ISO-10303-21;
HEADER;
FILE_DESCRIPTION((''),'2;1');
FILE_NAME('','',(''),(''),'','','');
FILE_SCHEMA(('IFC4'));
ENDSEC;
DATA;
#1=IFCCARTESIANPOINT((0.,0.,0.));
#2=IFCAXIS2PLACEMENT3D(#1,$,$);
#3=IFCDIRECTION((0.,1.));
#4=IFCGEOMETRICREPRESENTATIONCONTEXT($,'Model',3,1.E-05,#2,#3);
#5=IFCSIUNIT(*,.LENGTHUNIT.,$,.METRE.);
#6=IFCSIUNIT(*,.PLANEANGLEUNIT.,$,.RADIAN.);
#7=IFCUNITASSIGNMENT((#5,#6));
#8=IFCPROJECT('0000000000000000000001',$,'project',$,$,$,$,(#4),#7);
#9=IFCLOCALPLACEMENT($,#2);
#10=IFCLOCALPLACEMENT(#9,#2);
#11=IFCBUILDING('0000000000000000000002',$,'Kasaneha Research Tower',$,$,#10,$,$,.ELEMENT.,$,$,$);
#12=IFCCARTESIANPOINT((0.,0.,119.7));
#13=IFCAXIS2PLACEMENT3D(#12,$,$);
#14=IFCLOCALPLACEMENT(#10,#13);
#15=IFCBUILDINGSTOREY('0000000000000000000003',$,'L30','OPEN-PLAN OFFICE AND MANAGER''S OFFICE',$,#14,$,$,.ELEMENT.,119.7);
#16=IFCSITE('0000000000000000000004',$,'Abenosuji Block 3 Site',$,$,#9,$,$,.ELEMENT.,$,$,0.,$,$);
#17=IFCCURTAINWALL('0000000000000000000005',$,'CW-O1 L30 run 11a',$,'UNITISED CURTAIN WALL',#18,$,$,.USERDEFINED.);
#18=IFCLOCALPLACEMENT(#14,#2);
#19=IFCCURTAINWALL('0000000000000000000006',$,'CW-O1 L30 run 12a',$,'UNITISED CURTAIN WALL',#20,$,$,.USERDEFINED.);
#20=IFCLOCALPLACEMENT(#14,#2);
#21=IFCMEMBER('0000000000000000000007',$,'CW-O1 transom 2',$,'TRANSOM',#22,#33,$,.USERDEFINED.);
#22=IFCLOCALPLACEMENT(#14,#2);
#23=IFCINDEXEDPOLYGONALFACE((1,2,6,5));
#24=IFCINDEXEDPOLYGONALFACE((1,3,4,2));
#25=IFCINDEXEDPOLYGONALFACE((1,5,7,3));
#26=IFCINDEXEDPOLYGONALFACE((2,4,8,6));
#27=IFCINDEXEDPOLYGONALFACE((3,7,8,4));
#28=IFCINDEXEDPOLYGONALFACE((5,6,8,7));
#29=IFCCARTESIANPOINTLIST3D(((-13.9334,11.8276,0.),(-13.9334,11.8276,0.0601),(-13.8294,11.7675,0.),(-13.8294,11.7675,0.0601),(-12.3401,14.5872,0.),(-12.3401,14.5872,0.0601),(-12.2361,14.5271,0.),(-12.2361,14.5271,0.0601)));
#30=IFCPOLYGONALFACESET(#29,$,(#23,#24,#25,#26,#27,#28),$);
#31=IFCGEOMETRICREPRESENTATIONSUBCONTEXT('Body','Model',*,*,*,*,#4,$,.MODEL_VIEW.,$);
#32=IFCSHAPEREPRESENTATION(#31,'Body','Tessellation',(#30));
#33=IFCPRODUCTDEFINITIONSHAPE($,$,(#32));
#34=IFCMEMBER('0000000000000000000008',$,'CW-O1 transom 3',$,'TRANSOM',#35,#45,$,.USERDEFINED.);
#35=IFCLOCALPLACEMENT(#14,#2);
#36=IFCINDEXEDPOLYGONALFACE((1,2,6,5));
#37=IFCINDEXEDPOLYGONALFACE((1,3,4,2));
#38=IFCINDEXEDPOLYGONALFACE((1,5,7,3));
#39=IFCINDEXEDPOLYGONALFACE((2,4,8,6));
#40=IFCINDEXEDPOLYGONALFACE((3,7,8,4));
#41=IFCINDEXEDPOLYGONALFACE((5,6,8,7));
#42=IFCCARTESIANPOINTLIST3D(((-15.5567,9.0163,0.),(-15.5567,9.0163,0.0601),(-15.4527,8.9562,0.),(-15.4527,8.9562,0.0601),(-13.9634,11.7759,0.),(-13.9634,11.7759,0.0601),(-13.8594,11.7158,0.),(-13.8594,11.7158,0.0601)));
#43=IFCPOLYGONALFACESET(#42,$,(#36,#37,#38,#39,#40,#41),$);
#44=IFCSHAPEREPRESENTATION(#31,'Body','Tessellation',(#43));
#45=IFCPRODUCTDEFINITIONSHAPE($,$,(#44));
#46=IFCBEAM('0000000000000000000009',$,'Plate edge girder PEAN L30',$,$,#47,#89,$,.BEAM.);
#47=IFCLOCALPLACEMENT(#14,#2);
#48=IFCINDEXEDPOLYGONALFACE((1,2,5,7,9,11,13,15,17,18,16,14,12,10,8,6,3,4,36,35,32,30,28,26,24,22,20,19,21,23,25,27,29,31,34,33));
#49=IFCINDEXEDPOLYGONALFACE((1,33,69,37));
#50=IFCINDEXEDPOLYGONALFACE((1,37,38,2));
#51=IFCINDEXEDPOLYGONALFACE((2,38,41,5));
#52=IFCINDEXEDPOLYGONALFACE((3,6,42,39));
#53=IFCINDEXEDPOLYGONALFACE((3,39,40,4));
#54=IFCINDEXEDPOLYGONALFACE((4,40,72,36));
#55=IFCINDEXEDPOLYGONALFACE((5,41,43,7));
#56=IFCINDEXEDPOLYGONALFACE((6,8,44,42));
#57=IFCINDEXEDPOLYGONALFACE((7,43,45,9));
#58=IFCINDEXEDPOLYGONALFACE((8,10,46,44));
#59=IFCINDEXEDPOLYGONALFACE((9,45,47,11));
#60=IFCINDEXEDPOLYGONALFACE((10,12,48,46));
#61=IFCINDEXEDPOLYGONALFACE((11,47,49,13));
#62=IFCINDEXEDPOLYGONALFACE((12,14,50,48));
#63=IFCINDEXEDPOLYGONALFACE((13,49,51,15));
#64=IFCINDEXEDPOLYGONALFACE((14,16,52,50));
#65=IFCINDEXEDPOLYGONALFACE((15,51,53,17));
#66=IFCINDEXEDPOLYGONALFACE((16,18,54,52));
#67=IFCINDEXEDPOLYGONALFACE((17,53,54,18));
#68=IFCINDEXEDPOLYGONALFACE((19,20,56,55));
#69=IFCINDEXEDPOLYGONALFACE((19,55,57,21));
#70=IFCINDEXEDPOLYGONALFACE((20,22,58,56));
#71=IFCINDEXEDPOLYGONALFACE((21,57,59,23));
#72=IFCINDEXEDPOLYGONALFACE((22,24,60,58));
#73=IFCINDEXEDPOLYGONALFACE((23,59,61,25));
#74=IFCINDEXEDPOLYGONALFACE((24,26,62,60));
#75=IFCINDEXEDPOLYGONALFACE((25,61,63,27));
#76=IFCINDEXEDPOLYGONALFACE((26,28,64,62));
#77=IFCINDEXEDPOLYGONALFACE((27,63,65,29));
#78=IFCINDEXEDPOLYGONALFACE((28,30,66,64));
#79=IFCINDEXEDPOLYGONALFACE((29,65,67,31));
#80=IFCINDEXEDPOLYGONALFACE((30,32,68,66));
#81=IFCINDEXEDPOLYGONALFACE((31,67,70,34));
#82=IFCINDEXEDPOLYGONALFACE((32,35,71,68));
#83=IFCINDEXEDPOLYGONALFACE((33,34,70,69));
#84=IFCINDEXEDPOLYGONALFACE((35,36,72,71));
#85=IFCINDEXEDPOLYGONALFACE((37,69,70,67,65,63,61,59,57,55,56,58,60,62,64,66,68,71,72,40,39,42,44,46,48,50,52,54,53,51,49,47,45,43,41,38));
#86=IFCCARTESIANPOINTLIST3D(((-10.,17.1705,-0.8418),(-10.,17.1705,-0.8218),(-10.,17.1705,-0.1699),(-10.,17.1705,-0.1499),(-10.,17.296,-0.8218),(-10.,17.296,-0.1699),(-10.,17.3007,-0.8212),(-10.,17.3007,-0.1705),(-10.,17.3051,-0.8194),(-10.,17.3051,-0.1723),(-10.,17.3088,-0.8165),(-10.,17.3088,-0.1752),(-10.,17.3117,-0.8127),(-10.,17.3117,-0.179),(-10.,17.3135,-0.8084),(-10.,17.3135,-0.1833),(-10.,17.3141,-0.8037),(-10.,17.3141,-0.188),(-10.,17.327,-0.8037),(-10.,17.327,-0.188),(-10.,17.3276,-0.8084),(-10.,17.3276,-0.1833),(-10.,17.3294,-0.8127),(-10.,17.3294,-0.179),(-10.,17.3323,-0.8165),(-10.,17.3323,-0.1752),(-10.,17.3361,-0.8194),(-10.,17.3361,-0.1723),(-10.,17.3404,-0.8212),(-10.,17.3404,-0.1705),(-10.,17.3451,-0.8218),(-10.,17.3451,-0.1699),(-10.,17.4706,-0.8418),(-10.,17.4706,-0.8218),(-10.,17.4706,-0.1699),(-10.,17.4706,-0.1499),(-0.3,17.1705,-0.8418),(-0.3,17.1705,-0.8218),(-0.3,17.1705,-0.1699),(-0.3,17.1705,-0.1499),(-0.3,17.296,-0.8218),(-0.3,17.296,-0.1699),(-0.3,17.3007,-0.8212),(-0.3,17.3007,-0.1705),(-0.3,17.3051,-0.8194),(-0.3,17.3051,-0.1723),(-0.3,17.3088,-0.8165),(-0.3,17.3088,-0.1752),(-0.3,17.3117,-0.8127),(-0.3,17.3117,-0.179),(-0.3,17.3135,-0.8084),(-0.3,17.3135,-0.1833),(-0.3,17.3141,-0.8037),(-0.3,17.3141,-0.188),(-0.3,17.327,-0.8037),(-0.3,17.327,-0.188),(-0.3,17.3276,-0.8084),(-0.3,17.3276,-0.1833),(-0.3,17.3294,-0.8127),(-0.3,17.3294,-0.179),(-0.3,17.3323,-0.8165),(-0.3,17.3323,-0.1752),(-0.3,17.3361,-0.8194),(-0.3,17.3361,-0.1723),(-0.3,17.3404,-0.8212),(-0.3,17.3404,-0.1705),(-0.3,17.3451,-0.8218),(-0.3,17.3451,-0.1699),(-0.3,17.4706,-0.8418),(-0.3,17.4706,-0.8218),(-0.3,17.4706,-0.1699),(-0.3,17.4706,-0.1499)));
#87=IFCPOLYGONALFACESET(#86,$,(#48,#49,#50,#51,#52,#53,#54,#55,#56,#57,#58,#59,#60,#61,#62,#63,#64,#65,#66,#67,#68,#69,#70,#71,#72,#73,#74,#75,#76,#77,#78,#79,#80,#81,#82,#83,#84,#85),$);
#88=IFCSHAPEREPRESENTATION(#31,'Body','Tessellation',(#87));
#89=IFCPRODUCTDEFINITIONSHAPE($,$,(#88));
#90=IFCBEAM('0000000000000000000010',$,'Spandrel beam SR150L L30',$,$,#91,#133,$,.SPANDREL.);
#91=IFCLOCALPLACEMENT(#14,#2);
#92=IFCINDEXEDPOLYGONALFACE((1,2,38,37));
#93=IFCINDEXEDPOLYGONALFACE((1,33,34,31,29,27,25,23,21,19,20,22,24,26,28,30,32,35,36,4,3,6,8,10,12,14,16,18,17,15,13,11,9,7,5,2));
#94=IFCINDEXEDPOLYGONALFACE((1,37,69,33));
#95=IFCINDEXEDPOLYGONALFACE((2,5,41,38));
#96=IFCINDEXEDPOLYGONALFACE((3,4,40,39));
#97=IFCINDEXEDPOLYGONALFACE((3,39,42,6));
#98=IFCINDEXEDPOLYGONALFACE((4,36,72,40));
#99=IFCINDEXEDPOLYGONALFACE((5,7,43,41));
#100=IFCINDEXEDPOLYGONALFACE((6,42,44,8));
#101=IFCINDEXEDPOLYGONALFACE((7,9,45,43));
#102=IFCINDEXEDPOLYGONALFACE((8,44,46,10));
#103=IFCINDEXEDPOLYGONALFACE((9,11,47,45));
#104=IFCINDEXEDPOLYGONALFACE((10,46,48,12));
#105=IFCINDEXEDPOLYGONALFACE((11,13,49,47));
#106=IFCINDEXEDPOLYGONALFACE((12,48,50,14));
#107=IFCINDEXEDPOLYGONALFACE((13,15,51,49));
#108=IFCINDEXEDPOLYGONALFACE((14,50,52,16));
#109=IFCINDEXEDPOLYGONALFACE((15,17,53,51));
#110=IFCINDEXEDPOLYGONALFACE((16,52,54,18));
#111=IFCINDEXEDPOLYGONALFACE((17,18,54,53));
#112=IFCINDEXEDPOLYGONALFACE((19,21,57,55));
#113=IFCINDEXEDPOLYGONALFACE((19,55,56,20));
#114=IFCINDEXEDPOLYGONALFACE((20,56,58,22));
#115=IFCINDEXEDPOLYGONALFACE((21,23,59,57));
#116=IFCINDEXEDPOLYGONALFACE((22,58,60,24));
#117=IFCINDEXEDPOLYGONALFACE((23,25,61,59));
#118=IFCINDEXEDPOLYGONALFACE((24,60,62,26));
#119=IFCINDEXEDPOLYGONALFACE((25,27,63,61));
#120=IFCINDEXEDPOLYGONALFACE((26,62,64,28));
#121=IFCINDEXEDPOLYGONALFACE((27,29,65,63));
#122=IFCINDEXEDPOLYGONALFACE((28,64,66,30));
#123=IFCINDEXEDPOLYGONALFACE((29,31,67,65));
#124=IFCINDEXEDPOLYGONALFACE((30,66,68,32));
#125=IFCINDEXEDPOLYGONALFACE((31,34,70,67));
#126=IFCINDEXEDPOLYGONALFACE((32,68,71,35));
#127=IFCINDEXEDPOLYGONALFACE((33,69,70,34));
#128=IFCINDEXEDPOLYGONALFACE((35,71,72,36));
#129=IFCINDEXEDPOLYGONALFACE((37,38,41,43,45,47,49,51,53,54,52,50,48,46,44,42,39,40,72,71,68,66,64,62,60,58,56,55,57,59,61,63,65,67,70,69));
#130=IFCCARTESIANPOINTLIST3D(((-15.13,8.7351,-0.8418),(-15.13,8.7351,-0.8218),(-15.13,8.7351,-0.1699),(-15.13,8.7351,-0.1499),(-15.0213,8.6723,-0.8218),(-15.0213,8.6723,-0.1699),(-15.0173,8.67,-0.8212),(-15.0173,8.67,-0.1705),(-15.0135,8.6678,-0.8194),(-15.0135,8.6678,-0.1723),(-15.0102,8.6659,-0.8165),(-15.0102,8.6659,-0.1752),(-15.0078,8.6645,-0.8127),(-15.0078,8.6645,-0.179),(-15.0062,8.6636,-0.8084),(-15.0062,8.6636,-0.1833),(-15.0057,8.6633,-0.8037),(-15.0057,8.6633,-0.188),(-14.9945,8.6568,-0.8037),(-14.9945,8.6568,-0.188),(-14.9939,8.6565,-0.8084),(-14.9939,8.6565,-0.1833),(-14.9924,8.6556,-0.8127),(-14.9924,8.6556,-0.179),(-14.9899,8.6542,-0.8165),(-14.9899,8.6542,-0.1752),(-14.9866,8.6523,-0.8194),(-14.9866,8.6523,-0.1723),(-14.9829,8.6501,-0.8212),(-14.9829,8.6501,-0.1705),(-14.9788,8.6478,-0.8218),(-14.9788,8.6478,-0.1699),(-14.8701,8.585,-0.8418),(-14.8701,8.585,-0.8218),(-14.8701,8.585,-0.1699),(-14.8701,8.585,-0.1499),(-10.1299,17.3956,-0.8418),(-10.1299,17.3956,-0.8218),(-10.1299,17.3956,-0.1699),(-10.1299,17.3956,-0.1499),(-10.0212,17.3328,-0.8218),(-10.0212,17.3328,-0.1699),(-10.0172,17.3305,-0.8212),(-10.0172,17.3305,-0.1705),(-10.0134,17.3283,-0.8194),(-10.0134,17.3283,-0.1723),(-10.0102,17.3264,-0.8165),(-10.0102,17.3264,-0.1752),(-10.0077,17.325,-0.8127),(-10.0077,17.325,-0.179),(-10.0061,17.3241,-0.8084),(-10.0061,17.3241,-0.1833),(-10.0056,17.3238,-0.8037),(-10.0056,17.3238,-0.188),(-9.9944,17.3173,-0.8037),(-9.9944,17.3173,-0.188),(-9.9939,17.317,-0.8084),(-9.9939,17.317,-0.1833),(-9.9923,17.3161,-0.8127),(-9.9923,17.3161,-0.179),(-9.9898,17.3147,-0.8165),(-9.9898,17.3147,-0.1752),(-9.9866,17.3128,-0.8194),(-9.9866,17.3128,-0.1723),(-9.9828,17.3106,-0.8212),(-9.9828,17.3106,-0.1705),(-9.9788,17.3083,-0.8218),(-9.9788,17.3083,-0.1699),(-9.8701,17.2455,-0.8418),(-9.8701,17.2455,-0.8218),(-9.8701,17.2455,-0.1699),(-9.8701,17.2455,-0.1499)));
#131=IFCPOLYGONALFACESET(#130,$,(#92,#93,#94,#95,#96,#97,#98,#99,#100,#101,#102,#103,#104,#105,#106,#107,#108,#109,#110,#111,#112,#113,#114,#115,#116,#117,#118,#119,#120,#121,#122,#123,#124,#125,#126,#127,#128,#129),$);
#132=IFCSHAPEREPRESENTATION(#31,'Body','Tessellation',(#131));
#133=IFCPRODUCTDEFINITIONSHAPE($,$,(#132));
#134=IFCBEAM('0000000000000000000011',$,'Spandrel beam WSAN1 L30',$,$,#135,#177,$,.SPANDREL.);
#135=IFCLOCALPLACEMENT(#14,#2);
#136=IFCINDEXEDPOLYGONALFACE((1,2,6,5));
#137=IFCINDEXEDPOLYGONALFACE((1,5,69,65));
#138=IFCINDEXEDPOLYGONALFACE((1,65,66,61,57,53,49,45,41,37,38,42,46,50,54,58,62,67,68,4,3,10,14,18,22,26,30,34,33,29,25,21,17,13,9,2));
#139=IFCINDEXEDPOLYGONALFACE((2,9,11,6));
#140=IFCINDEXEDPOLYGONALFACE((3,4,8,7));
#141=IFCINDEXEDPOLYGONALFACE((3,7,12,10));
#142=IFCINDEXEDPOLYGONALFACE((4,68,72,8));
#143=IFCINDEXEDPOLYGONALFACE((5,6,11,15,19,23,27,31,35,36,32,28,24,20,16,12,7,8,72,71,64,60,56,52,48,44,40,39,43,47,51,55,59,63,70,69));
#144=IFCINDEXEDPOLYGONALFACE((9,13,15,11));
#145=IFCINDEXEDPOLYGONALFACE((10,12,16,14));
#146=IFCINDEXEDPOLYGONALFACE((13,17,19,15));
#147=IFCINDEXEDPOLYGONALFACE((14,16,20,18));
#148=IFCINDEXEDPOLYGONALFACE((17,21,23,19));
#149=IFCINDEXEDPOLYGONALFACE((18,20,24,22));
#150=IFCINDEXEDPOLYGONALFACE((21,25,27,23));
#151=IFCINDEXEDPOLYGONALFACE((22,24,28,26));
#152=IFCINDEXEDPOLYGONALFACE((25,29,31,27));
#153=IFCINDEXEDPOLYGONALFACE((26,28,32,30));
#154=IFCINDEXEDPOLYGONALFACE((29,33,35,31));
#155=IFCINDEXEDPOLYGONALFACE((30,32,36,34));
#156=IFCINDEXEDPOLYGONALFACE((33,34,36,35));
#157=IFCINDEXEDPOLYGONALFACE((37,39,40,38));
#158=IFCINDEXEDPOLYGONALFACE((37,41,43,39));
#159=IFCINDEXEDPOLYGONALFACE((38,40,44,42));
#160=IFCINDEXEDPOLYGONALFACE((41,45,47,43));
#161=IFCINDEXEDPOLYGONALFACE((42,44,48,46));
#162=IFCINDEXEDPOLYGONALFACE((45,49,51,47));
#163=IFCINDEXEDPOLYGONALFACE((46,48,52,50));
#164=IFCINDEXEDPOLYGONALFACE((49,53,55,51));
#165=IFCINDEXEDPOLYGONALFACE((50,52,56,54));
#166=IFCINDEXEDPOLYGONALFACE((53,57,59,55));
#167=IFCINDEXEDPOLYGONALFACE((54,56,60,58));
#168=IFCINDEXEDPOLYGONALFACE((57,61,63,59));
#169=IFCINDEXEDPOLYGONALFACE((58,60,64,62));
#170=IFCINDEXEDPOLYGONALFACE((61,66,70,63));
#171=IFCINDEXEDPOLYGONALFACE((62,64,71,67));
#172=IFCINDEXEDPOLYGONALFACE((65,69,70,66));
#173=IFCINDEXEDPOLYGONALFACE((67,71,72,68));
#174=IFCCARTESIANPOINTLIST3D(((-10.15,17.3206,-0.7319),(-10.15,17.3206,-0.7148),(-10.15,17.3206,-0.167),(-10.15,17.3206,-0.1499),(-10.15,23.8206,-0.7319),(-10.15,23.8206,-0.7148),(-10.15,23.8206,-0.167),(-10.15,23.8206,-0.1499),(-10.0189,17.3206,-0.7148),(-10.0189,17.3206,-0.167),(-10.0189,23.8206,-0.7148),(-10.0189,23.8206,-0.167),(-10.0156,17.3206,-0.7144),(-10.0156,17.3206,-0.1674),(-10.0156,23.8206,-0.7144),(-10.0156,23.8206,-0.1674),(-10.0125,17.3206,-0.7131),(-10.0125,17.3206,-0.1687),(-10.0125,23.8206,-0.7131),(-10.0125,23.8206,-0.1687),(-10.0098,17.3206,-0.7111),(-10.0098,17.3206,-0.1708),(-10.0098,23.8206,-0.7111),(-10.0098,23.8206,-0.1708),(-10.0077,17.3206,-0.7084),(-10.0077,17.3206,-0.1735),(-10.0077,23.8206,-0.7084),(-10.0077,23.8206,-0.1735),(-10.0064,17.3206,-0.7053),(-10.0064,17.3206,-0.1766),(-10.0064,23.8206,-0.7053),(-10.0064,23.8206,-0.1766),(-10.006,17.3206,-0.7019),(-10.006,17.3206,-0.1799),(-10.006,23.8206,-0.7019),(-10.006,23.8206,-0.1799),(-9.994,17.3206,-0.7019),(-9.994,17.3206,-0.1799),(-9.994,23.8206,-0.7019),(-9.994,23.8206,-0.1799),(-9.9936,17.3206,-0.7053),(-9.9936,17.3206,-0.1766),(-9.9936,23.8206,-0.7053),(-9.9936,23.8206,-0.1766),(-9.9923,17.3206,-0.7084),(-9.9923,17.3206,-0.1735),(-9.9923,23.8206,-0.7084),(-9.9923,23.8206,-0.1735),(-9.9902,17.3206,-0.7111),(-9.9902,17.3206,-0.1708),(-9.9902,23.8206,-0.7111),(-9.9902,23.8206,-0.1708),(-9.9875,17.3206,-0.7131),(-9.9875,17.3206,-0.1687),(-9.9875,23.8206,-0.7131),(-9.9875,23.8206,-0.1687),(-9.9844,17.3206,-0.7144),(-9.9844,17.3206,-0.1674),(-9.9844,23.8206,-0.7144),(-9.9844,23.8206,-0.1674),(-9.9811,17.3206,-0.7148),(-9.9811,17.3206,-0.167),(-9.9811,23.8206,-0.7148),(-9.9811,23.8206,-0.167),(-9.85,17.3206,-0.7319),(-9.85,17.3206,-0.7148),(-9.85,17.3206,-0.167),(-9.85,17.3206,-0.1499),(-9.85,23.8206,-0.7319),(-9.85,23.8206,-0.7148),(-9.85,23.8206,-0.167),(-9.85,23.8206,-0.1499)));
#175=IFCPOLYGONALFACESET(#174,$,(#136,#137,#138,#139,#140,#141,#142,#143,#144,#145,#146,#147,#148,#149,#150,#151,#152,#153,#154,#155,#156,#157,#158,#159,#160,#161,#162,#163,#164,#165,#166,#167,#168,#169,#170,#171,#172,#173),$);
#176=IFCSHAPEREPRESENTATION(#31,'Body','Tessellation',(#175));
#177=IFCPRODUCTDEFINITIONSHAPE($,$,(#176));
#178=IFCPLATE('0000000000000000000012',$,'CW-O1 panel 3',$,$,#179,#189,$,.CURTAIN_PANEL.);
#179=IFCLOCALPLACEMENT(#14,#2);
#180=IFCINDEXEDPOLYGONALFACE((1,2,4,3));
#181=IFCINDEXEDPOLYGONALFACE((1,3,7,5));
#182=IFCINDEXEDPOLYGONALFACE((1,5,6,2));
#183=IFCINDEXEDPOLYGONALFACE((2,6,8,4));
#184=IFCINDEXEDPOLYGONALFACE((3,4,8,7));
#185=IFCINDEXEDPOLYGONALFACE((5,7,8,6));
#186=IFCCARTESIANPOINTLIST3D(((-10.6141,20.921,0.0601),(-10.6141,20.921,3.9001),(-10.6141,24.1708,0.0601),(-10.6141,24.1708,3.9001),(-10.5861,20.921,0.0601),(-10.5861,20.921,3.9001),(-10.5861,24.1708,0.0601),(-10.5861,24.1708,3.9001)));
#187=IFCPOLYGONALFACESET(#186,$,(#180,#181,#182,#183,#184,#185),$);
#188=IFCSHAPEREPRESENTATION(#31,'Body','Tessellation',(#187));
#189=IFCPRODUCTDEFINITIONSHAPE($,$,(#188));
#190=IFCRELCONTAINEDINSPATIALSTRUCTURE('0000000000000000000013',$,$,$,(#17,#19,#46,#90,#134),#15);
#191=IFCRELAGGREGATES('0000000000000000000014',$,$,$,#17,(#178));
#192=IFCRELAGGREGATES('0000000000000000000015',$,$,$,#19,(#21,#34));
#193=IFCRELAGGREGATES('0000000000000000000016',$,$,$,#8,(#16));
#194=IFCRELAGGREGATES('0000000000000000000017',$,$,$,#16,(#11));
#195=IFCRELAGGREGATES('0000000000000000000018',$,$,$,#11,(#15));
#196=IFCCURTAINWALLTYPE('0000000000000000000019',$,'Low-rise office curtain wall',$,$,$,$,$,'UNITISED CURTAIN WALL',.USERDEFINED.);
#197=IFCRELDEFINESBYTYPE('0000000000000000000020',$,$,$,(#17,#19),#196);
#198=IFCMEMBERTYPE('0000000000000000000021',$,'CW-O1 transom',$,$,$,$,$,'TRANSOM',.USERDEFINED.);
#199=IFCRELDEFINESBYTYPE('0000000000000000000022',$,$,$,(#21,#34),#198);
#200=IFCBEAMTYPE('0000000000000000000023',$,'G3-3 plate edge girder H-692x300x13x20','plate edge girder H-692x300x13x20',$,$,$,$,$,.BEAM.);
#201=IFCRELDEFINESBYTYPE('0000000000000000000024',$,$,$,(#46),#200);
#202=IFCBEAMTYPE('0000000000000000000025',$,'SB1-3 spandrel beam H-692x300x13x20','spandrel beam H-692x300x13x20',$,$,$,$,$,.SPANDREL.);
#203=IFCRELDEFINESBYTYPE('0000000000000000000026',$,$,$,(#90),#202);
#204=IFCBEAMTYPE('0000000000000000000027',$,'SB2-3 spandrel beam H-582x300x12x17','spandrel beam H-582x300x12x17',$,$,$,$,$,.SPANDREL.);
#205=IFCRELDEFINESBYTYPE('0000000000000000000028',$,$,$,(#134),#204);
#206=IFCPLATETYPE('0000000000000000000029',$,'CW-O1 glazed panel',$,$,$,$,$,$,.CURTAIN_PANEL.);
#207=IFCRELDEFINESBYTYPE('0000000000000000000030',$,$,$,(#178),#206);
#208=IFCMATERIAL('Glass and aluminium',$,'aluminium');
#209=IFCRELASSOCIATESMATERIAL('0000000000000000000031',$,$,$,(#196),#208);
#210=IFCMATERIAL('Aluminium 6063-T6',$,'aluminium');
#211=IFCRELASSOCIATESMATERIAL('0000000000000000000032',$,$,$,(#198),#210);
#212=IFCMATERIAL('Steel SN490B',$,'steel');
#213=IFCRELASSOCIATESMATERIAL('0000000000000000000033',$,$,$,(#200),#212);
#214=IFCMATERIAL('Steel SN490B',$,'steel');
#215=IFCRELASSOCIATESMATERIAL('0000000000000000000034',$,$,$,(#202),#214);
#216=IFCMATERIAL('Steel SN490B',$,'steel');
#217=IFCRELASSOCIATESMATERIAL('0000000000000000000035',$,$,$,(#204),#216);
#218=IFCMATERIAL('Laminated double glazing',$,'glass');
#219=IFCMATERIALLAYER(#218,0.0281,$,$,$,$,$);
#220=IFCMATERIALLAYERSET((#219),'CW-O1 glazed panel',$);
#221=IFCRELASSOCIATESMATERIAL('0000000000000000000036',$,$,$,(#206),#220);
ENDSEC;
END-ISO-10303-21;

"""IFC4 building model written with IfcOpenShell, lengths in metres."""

from ifc_helpers import new_model, si_unit, direction, frame, origin, origin_2d, place, context, subcontext, project, spatial, rectangle, i_section, extrude, material, layer, layer_set, material_profile, profile_set, type_object, element, aggregate, save


model = new_model("IFC4")

# Units and contexts
model_context = context("Model", 3, precision=1e-05, world=origin(), true_north=direction((0.0, 1.0)))
body_context = subcontext(model_context, "Body", "Model", "MODEL_VIEW")
ifc_project = project(units=[si_unit("LENGTHUNIT", "METRE"), si_unit("PLANEANGLEUNIT", "RADIAN")], contexts=[model_context])

# Site, building, storey
site_placement = place(None, origin())
site = spatial("IfcSite", under=ifc_project, at=site_placement, Name="Abenosuji Block 3 Site", CompositionType="ELEMENT", RefElevation=0.0)
building_placement = place(site_placement, origin())
building = spatial("IfcBuilding", under=site, at=building_placement, Name="Kasaneha Research Tower", CompositionType="ELEMENT")
storey_placement = place(building_placement, frame((0.0, 0.0, 119.7)))
storey = spatial("IfcBuildingStorey", under=building, at=storey_placement, Name="L30", Description="OPEN-PLAN OFFICE AND MANAGER'S OFFICE", CompositionType="ELEMENT", Elevation=119.7)

# Curtain walls
ifc_material_1 = material(Name="Glass and aluminium", Category="aluminium")
curtain_wall_type = type_object("IfcCurtainWallType", Name="Low-rise office curtain wall", ElementType="UNITISED CURTAIN WALL", PredefinedType="USERDEFINED", material=ifc_material_1)
curtain_wall_1_placement = place(storey_placement, origin())
curtain_wall_1 = element("IfcCurtainWall", 1, at=curtain_wall_1_placement, inside=storey, type_object=curtain_wall_type, Name="CW-O1 L30 run 11a", ObjectType="UNITISED CURTAIN WALL", PredefinedType="USERDEFINED")
curtain_wall_2_placement = place(storey_placement, origin())
curtain_wall_2 = element("IfcCurtainWall", 2, at=curtain_wall_2_placement, inside=storey, type_object=curtain_wall_type, Name="CW-O1 L30 run 12a", ObjectType="UNITISED CURTAIN WALL", PredefinedType="USERDEFINED")

# Members
ifc_material_2 = material(Name="Aluminium 6063-T6", Category="aluminium")
ifc_material_profile_1 = material_profile(ifc_material_2, rectangle(XDim=0.1201, YDim=0.0601, at=origin_2d()), Name="CW-O1 transom 120x60")
ifc_profile_set_1 = profile_set([ifc_material_profile_1], Name="Aluminium 6063-T6")
member_type_1 = type_object("IfcMemberType", Name="CW-O1 transom", ElementType="TRANSOM", PredefinedType="USERDEFINED", material=ifc_profile_set_1)
member_1_placement = place(storey_placement, frame((-12.2881, 14.5571, 0.03), z_axis=(-0.500012, -0.866018, 0.0), x_axis=(0.866018, -0.500012, 0.0)))
member_1 = element("IfcMember", 3, at=member_1_placement, type_object=member_type_1, Name="CW-O1 transom 2", ObjectType="TRANSOM", PredefinedType="USERDEFINED", context=body_context, shape_type="SweptSolid", body=[
    extrude(rectangle(XDim=0.1201, YDim=0.0601, at=origin_2d()), origin(), (0.0, 0.0, 1.0), 3.1865),
])
member_2_placement = place(storey_placement, frame((-13.9114, 11.7458, 0.03), z_axis=(-0.500012, -0.866018, 0.0), x_axis=(0.866018, -0.500012, 0.0)))
member_2 = element("IfcMember", 4, at=member_2_placement, type_object=member_type_1, Name="CW-O1 transom 3", ObjectType="TRANSOM", PredefinedType="USERDEFINED", context=body_context, shape_type="SweptSolid", body=[
    extrude(rectangle(XDim=0.1201, YDim=0.0601, at=origin_2d()), origin(), (0.0, 0.0, 1.0), 3.1865),
])

# Beams
ifc_material_3 = material(Name="Steel SN490B", Category="steel")
ifc_material_profile_2 = material_profile(ifc_material_3, i_section(OverallWidth=0.3, OverallDepth=0.6919, WebThickness=0.0129, FlangeThickness=0.02, FilletRadius=0.0181, at=origin_2d()), Name="H-692x300x13x20")
ifc_profile_set_2 = profile_set([ifc_material_profile_2], Name="Steel SN490B")
beam_type_1 = type_object("IfcBeamType", Name="G3-3 plate edge girder H-692x300x13x20", Description="plate edge girder H-692x300x13x20", PredefinedType="BEAM", material=ifc_profile_set_2)
beam_1_placement = place(storey_placement, frame((-10.0, 17.3206, -0.4958), z_axis=(1.0, 0.0, 0.0), x_axis=(0.0, 1.0, 0.0)))
element("IfcBeam", 5, at=beam_1_placement, inside=storey, type_object=beam_type_1, Name="Plate edge girder PEAN L30", PredefinedType="BEAM", context=body_context, shape_type="SweptSolid", body=[
    extrude(i_section(OverallWidth=0.3, OverallDepth=0.6919, WebThickness=0.0129, FlangeThickness=0.02, FilletRadius=0.0181, at=origin_2d()), origin(), (0.0, 0.0, 1.0), 9.7),
])
ifc_material_4 = material(Name="Steel SN490B", Category="steel")
ifc_material_profile_3 = material_profile(ifc_material_4, i_section(OverallWidth=0.3, OverallDepth=0.6919, WebThickness=0.0129, FlangeThickness=0.02, FilletRadius=0.0181, at=origin_2d()), Name="H-692x300x13x20")
ifc_profile_set_3 = profile_set([ifc_material_profile_3], Name="Steel SN490B")
beam_type_2 = type_object("IfcBeamType", Name="SB1-3 spandrel beam H-692x300x13x20", Description="spandrel beam H-692x300x13x20", PredefinedType="SPANDREL", material=ifc_profile_set_3)
beam_2_placement = place(storey_placement, frame((-10.0, 17.3206, -0.4958), z_axis=(-0.499994, -0.866029, 0.0), x_axis=(0.866029, -0.499994, 0.0)))
element("IfcBeam", 6, at=beam_2_placement, inside=storey, type_object=beam_type_2, Name="Spandrel beam SR150L L30", PredefinedType="SPANDREL", context=body_context, shape_type="SweptSolid", body=[
    extrude(i_section(OverallWidth=0.3, OverallDepth=0.6919, WebThickness=0.0129, FlangeThickness=0.02, FilletRadius=0.0181, at=origin_2d()), origin(), (0.0, 0.0, 1.0), 10.0002),
])
ifc_material_5 = material(Name="Steel SN490B", Category="steel")
ifc_material_profile_4 = material_profile(ifc_material_5, i_section(OverallWidth=0.3, OverallDepth=0.582, WebThickness=0.012, FlangeThickness=0.0171, FilletRadius=0.0129, at=origin_2d()), Name="H-582x300x12x17")
ifc_profile_set_4 = profile_set([ifc_material_profile_4], Name="Steel SN490B")
beam_type_3 = type_object("IfcBeamType", Name="SB2-3 spandrel beam H-582x300x12x17", Description="spandrel beam H-582x300x12x17", PredefinedType="SPANDREL", material=ifc_profile_set_4)
beam_3_placement = place(storey_placement, frame((-10.0, 17.3206, -0.4409), z_axis=(0.0, 1.0, 0.0), x_axis=(-1.0, 0.0, 0.0)))
element("IfcBeam", 7, at=beam_3_placement, inside=storey, type_object=beam_type_3, Name="Spandrel beam WSAN1 L30", PredefinedType="SPANDREL", context=body_context, shape_type="SweptSolid", body=[
    extrude(i_section(OverallWidth=0.3, OverallDepth=0.582, WebThickness=0.012, FlangeThickness=0.0171, FilletRadius=0.0129, at=origin_2d()), origin(), (0.0, 0.0, 1.0), 6.5),
])

# Plate
ifc_material_6 = material(Name="Laminated double glazing", Category="glass")
ifc_layer_1 = layer(ifc_material_6, 0.0281)
ifc_layer_set_1 = layer_set([ifc_layer_1], Name="CW-O1 glazed panel")
plate_type = type_object("IfcPlateType", Name="CW-O1 glazed panel", PredefinedType="CURTAIN_PANEL", material=ifc_layer_set_1)
plate_1_placement = place(storey_placement, frame((-10.6001, 22.5459, 0.0601), z_axis=(0.0, 0.0, 1.0), x_axis=(0.0, -1.0, 0.0)))
plate_1 = element("IfcPlate", 8, at=plate_1_placement, type_object=plate_type, Name="CW-O1 panel 3", PredefinedType="CURTAIN_PANEL", context=body_context, shape_type="SweptSolid", body=[
    extrude(rectangle(XDim=3.2498, YDim=0.0281, at=origin_2d()), origin(), (0.0, 0.0, 1.0), 3.8401),
])
aggregate(curtain_wall_1, [plate_1])
aggregate(curtain_wall_2, [member_1, member_2])

save(model, "model.ifc")
